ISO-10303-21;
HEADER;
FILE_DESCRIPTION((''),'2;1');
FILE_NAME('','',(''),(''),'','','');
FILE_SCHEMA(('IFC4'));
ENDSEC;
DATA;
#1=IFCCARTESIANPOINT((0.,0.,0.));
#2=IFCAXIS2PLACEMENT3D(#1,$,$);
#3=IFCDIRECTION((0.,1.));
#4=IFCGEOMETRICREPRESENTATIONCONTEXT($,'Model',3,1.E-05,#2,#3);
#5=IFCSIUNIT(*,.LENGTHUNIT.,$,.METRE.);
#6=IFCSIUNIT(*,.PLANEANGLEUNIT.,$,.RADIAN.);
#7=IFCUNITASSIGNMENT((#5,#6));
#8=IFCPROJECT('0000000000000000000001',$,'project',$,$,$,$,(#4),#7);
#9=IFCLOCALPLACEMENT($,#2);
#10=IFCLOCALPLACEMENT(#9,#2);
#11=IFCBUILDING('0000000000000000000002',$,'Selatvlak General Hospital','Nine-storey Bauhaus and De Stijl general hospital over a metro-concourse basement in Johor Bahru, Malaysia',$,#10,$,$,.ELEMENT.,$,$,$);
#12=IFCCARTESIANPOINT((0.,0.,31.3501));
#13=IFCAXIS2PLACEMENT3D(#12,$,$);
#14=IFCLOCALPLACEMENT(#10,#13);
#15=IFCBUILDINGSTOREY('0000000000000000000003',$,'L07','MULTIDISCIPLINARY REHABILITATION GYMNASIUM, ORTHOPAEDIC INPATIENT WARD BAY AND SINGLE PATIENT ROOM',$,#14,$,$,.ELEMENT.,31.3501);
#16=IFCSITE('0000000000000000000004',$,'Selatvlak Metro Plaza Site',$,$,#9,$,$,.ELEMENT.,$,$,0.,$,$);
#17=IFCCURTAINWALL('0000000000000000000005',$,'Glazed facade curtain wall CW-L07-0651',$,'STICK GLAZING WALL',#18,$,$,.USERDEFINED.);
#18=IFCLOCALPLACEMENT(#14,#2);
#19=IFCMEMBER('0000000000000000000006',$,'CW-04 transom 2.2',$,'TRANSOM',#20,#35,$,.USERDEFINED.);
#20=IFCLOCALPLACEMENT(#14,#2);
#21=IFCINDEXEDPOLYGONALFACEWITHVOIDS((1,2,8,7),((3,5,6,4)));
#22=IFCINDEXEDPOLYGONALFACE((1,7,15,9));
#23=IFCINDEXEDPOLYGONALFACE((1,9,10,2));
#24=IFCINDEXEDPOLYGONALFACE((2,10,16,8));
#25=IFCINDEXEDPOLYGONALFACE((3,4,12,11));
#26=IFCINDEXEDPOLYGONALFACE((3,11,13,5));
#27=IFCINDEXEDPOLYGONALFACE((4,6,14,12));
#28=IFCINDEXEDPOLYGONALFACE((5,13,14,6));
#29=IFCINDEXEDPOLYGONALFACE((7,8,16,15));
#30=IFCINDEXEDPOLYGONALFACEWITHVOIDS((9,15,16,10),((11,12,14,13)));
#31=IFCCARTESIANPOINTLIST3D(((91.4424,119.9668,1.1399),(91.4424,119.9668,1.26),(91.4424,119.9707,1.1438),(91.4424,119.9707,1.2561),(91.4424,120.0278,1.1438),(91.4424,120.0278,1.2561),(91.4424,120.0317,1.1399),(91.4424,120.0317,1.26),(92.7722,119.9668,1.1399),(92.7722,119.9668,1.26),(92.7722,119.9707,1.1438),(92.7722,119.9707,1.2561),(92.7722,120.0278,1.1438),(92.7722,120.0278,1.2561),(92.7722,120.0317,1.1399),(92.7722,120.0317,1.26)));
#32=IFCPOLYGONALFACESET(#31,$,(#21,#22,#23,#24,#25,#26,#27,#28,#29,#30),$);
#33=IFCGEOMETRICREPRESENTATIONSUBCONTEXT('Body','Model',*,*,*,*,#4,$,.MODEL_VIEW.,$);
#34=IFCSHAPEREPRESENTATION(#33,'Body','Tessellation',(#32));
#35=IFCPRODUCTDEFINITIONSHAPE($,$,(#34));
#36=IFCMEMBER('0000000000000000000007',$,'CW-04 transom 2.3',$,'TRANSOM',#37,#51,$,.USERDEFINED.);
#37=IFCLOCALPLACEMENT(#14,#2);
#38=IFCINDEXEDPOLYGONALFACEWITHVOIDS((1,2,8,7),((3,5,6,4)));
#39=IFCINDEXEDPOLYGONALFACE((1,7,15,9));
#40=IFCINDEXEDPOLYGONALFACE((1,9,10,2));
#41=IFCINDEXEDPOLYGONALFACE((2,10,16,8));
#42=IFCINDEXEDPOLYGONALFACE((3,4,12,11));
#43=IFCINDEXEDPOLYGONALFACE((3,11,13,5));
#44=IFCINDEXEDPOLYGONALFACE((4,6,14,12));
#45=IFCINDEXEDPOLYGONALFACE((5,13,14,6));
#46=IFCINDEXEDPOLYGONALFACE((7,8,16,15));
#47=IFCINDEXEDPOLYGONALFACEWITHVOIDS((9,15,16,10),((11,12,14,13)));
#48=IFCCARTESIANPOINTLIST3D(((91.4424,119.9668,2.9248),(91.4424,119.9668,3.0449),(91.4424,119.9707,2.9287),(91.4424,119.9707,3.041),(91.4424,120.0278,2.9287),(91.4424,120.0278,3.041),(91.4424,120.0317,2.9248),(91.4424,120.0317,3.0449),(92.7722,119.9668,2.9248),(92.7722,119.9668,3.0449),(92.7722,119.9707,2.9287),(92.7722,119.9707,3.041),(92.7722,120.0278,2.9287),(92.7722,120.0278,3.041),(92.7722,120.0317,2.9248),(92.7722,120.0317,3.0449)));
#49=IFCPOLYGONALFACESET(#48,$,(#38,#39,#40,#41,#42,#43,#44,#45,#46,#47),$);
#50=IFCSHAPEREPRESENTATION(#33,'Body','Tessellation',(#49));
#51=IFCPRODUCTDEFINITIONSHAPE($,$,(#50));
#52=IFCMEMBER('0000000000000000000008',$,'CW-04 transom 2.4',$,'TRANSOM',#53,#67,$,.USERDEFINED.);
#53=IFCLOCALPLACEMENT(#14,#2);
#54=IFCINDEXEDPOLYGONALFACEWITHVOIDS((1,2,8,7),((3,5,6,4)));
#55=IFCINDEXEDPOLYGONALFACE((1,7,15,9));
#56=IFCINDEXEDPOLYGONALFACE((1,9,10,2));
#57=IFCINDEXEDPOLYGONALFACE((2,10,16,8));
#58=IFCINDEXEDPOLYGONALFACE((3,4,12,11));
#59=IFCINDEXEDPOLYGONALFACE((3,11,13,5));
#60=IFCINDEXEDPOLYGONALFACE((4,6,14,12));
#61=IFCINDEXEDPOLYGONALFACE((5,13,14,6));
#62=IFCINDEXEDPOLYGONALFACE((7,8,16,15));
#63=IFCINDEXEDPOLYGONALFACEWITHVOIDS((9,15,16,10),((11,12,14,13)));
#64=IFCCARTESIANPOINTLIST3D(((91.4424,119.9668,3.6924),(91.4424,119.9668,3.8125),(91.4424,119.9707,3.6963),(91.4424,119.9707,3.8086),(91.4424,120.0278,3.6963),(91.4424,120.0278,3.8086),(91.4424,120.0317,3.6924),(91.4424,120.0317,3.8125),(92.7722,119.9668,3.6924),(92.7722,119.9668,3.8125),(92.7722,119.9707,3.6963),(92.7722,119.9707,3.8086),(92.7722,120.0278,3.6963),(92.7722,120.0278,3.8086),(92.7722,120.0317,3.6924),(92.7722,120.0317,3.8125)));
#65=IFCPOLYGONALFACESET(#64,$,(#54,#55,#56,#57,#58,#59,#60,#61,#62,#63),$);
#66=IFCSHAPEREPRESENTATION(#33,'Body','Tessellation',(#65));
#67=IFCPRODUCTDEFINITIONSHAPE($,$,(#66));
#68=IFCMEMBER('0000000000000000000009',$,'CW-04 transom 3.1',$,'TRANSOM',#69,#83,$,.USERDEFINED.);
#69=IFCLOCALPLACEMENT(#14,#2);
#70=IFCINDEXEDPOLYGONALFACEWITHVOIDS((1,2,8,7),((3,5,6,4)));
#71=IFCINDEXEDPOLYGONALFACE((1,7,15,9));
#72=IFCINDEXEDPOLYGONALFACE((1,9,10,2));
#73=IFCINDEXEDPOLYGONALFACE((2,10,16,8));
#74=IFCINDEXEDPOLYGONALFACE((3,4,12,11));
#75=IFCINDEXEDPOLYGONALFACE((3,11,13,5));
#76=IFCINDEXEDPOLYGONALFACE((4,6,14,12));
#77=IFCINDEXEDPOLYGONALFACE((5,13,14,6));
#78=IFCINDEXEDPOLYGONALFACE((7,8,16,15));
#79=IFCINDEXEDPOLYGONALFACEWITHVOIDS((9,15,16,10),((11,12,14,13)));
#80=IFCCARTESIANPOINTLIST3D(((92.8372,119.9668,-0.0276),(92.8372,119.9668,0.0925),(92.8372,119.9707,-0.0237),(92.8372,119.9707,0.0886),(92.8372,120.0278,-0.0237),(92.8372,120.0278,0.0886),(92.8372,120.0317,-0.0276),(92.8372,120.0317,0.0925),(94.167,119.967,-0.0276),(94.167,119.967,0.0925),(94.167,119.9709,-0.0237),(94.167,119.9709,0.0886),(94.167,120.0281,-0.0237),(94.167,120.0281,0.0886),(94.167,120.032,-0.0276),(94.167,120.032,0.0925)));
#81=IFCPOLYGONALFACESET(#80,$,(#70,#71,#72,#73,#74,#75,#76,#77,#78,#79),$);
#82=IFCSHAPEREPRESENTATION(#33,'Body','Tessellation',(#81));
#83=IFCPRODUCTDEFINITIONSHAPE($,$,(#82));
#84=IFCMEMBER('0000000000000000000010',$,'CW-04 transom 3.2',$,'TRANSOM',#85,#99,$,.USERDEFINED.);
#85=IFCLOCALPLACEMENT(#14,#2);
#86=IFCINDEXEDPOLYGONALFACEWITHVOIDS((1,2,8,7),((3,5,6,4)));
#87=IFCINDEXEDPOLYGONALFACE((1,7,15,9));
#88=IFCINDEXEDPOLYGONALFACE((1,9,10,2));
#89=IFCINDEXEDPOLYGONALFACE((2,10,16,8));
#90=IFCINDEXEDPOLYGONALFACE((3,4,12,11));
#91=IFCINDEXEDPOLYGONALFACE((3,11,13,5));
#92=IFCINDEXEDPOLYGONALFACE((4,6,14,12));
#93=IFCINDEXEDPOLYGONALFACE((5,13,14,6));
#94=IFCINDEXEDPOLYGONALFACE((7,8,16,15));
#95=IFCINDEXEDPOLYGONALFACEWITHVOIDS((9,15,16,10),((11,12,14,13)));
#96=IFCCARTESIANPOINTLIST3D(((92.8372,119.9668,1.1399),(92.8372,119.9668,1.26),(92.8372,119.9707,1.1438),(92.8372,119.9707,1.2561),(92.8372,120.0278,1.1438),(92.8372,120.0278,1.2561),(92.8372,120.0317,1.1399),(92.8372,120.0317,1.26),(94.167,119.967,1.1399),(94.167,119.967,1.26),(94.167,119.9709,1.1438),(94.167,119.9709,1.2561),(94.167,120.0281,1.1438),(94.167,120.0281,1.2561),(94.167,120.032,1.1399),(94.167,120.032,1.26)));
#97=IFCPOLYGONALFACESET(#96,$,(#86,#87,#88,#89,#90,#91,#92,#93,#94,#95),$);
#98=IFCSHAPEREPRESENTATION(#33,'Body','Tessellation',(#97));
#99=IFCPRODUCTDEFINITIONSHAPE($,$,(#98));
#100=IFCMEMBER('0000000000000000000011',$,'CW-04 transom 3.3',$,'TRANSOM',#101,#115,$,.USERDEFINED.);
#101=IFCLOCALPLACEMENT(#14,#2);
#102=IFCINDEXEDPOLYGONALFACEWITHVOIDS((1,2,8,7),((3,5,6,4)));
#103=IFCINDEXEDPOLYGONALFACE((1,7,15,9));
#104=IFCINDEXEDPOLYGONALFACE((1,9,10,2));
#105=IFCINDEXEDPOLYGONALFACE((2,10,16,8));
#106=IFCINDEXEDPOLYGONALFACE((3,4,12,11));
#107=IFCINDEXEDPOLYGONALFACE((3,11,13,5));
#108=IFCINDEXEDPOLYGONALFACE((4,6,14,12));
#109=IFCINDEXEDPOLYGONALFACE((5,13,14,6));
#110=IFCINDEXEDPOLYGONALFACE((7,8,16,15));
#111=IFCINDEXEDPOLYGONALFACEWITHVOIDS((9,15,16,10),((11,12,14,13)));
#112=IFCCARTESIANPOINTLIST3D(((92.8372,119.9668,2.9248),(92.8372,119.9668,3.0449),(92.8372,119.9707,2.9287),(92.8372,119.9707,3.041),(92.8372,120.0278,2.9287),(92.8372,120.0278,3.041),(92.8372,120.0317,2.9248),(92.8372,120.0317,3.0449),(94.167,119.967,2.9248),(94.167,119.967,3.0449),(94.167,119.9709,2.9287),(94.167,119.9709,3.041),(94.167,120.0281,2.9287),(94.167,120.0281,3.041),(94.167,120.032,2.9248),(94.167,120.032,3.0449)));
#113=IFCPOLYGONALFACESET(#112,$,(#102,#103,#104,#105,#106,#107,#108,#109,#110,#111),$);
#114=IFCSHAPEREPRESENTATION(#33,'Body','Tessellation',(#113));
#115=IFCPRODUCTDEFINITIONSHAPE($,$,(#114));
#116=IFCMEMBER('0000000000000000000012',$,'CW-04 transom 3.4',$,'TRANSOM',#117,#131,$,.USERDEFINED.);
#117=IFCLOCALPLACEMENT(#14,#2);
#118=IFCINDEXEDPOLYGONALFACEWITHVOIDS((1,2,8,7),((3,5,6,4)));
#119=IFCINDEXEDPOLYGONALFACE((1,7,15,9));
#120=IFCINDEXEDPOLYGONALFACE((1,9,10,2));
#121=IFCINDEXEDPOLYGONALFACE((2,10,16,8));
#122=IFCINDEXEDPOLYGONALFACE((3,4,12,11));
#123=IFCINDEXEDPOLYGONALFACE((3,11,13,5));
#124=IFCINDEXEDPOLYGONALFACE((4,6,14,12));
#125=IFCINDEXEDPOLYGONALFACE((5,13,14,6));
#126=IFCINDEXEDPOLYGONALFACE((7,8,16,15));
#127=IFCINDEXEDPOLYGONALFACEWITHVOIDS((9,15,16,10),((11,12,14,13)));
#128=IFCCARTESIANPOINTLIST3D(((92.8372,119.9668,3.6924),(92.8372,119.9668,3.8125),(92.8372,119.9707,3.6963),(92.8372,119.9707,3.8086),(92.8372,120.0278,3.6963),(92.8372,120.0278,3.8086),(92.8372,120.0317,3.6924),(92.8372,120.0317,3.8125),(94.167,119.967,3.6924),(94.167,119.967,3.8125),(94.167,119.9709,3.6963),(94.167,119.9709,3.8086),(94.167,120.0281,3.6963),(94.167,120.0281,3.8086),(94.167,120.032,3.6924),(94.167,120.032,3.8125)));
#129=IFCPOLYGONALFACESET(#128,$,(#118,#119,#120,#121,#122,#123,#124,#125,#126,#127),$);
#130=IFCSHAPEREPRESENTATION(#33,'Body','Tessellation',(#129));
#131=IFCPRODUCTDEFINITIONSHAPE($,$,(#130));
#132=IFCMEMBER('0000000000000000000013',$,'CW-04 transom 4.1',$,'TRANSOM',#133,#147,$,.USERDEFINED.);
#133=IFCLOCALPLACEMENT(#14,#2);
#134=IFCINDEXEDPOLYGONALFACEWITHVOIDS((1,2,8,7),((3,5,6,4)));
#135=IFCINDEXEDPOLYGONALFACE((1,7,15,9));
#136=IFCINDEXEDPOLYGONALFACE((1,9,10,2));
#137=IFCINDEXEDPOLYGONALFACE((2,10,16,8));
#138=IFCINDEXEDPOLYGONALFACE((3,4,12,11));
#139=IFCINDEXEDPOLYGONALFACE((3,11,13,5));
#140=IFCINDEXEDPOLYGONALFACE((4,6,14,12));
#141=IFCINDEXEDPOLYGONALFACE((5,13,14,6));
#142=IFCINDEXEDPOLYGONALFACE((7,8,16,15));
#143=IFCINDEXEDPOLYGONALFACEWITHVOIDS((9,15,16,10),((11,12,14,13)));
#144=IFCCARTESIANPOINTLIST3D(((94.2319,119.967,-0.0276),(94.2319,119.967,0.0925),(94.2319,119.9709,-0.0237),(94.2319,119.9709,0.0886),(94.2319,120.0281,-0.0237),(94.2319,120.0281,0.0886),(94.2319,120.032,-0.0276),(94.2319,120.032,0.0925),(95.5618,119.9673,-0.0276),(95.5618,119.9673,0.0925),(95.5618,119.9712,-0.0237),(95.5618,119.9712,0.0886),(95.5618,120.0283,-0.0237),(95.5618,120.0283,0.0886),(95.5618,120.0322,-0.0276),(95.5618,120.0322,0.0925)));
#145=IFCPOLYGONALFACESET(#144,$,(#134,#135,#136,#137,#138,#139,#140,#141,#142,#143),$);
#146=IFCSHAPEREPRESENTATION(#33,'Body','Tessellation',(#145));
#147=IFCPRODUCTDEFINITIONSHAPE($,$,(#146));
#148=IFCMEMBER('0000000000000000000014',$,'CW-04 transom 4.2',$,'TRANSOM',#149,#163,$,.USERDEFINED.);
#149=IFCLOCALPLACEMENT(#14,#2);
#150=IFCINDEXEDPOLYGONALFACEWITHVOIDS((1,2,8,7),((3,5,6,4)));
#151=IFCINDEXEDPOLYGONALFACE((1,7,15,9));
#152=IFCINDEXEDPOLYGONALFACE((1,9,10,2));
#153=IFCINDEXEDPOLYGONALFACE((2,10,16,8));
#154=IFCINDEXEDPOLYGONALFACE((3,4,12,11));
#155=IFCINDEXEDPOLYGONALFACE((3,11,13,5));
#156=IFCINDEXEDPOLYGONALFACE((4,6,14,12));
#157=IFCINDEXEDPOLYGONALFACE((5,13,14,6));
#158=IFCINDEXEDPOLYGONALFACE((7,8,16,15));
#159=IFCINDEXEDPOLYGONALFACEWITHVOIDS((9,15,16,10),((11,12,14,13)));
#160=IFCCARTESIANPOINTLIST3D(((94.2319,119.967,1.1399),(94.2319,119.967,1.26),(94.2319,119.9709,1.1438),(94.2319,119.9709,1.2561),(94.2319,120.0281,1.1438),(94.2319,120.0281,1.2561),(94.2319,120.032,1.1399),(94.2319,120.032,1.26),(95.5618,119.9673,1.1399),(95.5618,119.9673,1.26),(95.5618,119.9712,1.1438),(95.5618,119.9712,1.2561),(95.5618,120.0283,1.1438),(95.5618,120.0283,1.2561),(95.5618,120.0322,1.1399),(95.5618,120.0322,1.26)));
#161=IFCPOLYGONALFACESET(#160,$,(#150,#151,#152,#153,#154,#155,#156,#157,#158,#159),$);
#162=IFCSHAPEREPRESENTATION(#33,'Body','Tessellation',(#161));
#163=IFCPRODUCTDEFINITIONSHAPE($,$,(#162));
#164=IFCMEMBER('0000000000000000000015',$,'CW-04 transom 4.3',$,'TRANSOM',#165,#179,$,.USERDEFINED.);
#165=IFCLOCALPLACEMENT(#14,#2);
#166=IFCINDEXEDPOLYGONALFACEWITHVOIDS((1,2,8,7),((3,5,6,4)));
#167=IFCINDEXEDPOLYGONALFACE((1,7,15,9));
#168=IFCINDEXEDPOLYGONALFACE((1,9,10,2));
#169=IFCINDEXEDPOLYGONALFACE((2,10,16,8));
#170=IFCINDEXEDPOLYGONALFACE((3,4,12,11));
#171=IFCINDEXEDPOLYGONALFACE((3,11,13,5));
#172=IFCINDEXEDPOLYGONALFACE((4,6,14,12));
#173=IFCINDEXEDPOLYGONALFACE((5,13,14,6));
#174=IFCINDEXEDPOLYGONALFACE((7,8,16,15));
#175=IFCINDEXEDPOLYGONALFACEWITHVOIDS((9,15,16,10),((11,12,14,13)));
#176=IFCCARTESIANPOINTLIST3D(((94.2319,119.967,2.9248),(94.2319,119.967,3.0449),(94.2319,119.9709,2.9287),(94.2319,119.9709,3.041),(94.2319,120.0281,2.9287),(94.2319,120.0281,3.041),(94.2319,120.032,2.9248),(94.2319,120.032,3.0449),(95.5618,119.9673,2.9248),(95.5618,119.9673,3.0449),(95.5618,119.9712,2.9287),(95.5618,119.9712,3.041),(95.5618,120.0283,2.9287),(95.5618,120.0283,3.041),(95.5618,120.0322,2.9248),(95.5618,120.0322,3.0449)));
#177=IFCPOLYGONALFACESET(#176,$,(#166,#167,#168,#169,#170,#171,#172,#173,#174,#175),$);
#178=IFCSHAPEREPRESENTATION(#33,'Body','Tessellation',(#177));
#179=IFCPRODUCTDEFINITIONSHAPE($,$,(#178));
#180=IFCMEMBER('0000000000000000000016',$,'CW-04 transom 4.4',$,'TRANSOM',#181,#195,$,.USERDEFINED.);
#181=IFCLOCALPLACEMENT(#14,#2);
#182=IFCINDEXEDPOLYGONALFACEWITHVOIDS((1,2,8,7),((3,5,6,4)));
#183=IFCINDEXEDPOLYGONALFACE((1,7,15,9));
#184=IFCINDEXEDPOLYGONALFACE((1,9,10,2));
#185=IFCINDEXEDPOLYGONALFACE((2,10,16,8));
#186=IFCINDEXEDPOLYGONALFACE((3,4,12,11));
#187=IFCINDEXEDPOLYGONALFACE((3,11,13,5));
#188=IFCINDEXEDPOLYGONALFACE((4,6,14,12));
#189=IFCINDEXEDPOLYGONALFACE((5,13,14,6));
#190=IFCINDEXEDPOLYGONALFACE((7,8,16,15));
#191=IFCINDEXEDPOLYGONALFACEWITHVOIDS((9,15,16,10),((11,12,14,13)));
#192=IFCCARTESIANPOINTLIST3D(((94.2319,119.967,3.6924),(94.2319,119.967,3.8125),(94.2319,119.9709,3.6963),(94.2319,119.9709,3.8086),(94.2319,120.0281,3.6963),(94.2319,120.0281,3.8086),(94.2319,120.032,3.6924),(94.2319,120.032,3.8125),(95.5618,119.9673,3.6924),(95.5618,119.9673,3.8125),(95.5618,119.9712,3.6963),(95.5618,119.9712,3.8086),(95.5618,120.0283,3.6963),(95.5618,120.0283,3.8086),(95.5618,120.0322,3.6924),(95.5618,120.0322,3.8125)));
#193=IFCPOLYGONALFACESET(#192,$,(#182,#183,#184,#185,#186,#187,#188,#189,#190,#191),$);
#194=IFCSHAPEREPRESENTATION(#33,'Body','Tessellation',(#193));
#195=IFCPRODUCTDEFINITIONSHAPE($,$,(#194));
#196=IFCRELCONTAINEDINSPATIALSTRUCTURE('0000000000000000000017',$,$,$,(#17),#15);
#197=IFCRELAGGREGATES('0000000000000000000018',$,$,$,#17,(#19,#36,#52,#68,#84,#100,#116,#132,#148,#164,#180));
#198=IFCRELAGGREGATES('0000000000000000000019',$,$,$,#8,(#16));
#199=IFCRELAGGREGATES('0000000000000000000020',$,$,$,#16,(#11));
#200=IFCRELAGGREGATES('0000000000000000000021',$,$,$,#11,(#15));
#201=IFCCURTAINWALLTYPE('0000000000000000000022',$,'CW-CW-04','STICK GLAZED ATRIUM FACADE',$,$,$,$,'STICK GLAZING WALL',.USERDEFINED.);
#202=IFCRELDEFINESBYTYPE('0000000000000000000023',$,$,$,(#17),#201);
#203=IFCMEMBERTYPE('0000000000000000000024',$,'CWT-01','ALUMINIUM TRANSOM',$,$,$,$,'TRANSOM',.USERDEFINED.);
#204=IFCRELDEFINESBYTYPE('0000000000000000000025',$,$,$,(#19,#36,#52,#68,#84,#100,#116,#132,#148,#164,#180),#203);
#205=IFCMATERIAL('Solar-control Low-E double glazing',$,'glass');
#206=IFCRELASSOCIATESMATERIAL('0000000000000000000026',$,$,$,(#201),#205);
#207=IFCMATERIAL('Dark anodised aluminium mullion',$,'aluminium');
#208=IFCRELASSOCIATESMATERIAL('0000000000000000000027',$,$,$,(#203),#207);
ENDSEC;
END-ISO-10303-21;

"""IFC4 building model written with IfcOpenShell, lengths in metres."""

from ifc_helpers import new_model, si_unit, direction, frame, origin, origin_2d, place, context, subcontext, project, spatial, hollow_rectangle, extrude, material, material_profile, profile_set, type_object, element, aggregate, save


model = new_model("IFC4")

# Units and contexts
model_context = context("Model", 3, precision=1e-05, world=origin(), true_north=direction((0.0, 1.0)))
body_context = subcontext(model_context, "Body", "Model", "MODEL_VIEW")
ifc_project = project(units=[si_unit("LENGTHUNIT", "METRE"), si_unit("PLANEANGLEUNIT", "RADIAN")], contexts=[model_context])

# Site, building, storey
site_placement = place(None, origin())
site = spatial("IfcSite", under=ifc_project, at=site_placement, Name="Selatvlak Metro Plaza Site", CompositionType="ELEMENT", RefElevation=0.0)
building_placement = place(site_placement, origin())
building = spatial("IfcBuilding", under=site, at=building_placement, Name="Selatvlak General Hospital", Description="Nine-storey Bauhaus and De Stijl general hospital over a metro-concourse basement in Johor Bahru, Malaysia", CompositionType="ELEMENT")
storey_placement = place(building_placement, frame((0.0, 0.0, 31.3501)))
storey = spatial("IfcBuildingStorey", under=building, at=storey_placement, Name="L07", Description="MULTIDISCIPLINARY REHABILITATION GYMNASIUM, ORTHOPAEDIC INPATIENT WARD BAY AND SINGLE PATIENT ROOM", CompositionType="ELEMENT", Elevation=31.3501)

# Curtain wall, members
ifc_material_1 = material(Name="Solar-control Low-E double glazing", Category="glass")
curtain_wall_type = type_object("IfcCurtainWallType", Name="CW-CW-04", Description="STICK GLAZED ATRIUM FACADE", ElementType="STICK GLAZING WALL", PredefinedType="USERDEFINED", material=ifc_material_1)
curtain_wall_placement = place(storey_placement, origin())
curtain_wall = element("IfcCurtainWall", 1, at=curtain_wall_placement, inside=storey, type_object=curtain_wall_type, Name="Glazed facade curtain wall CW-L07-0651", ObjectType="STICK GLAZING WALL", PredefinedType="USERDEFINED")
ifc_material_2 = material(Name="Dark anodised aluminium mullion", Category="aluminium")
ifc_material_profile_1 = material_profile(ifc_material_2, hollow_rectangle(XDim=0.0649, YDim=0.1201, WallThickness=0.0039, at=origin_2d()), Name="AL-TRN 65x120x4")
ifc_profile_set_1 = profile_set([ifc_material_profile_1], Name="Dark anodised aluminium mullion")
member_type_1 = type_object("IfcMemberType", Name="CWT-01", Description="ALUMINIUM TRANSOM", ElementType="TRANSOM", PredefinedType="USERDEFINED", material=ifc_profile_set_1)
member_1_placement = place(storey_placement, frame((91.4424, 119.9993, 1.2), z_axis=(1.0, 0.0, 0.0), x_axis=(0.0, 1.0, 0.0)))
member_1 = element("IfcMember", 2, at=member_1_placement, type_object=member_type_1, Name="CW-04 transom 2.2", ObjectType="TRANSOM", PredefinedType="USERDEFINED", context=body_context, shape_type="SweptSolid", body=[
    extrude(hollow_rectangle(XDim=0.0649, YDim=0.1201, WallThickness=0.0039, at=origin_2d()), origin(), (0.0, 0.0, 1.0), 1.3298),
])
member_2_placement = place(storey_placement, frame((91.4424, 119.9993, 2.9849), z_axis=(1.0, 0.0, 0.0), x_axis=(0.0, 1.0, 0.0)))
member_2 = element("IfcMember", 3, at=member_2_placement, type_object=member_type_1, Name="CW-04 transom 2.3", ObjectType="TRANSOM", PredefinedType="USERDEFINED", context=body_context, shape_type="SweptSolid", body=[
    extrude(hollow_rectangle(XDim=0.0649, YDim=0.1201, WallThickness=0.0039, at=origin_2d()), origin(), (0.0, 0.0, 1.0), 1.3298),
])
member_3_placement = place(storey_placement, frame((91.4424, 119.9993, 3.7524), z_axis=(1.0, 0.0, 0.0), x_axis=(0.0, 1.0, 0.0)))
member_3 = element("IfcMember", 4, at=member_3_placement, type_object=member_type_1, Name="CW-04 transom 2.4", ObjectType="TRANSOM", PredefinedType="USERDEFINED", context=body_context, shape_type="SweptSolid", body=[
    extrude(hollow_rectangle(XDim=0.0649, YDim=0.1201, WallThickness=0.0039, at=origin_2d()), origin(), (0.0, 0.0, 1.0), 1.3298),
])
member_4_placement = place(storey_placement, frame((92.8372, 119.9993, 0.0325), z_axis=(1.0, 0.000184, 0.0), x_axis=(-0.000184, 1.0, 0.0)))
member_4 = element("IfcMember", 5, at=member_4_placement, type_object=member_type_1, Name="CW-04 transom 3.1", ObjectType="TRANSOM", PredefinedType="USERDEFINED", context=body_context, shape_type="SweptSolid", body=[
    extrude(hollow_rectangle(XDim=0.0649, YDim=0.1201, WallThickness=0.0039, at=origin_2d()), origin(), (0.0, 0.0, 1.0), 1.3298),
])
member_5_placement = place(storey_placement, frame((92.8372, 119.9993, 1.2), z_axis=(1.0, 0.000184, 0.0), x_axis=(-0.000184, 1.0, 0.0)))
member_5 = element("IfcMember", 6, at=member_5_placement, type_object=member_type_1, Name="CW-04 transom 3.2", ObjectType="TRANSOM", PredefinedType="USERDEFINED", context=body_context, shape_type="SweptSolid", body=[
    extrude(hollow_rectangle(XDim=0.0649, YDim=0.1201, WallThickness=0.0039, at=origin_2d()), origin(), (0.0, 0.0, 1.0), 1.3298),
])
member_6_placement = place(storey_placement, frame((92.8372, 119.9993, 2.9849), z_axis=(1.0, 0.000184, 0.0), x_axis=(-0.000184, 1.0, 0.0)))
member_6 = element("IfcMember", 7, at=member_6_placement, type_object=member_type_1, Name="CW-04 transom 3.3", ObjectType="TRANSOM", PredefinedType="USERDEFINED", context=body_context, shape_type="SweptSolid", body=[
    extrude(hollow_rectangle(XDim=0.0649, YDim=0.1201, WallThickness=0.0039, at=origin_2d()), origin(), (0.0, 0.0, 1.0), 1.3298),
])
member_7_placement = place(storey_placement, frame((92.8372, 119.9993, 3.7524), z_axis=(1.0, 0.000184, 0.0), x_axis=(-0.000184, 1.0, 0.0)))
member_7 = element("IfcMember", 8, at=member_7_placement, type_object=member_type_1, Name="CW-04 transom 3.4", ObjectType="TRANSOM", PredefinedType="USERDEFINED", context=body_context, shape_type="SweptSolid", body=[
    extrude(hollow_rectangle(XDim=0.0649, YDim=0.1201, WallThickness=0.0039, at=origin_2d()), origin(), (0.0, 0.0, 1.0), 1.3298),
])
member_8_placement = place(storey_placement, frame((94.2319, 119.9995, 0.0325), z_axis=(1.0, 0.000184, 0.0), x_axis=(-0.000184, 1.0, 0.0)))
member_8 = element("IfcMember", 9, at=member_8_placement, type_object=member_type_1, Name="CW-04 transom 4.1", ObjectType="TRANSOM", PredefinedType="USERDEFINED", context=body_context, shape_type="SweptSolid", body=[
    extrude(hollow_rectangle(XDim=0.0649, YDim=0.1201, WallThickness=0.0039, at=origin_2d()), origin(), (0.0, 0.0, 1.0), 1.3298),
])
member_9_placement = place(storey_placement, frame((94.2319, 119.9995, 1.2), z_axis=(1.0, 0.000184, 0.0), x_axis=(-0.000184, 1.0, 0.0)))
member_9 = element("IfcMember", 10, at=member_9_placement, type_object=member_type_1, Name="CW-04 transom 4.2", ObjectType="TRANSOM", PredefinedType="USERDEFINED", context=body_context, shape_type="SweptSolid", body=[
    extrude(hollow_rectangle(XDim=0.0649, YDim=0.1201, WallThickness=0.0039, at=origin_2d()), origin(), (0.0, 0.0, 1.0), 1.3298),
])
member_10_placement = place(storey_placement, frame((94.2319, 119.9995, 2.9849), z_axis=(1.0, 0.000184, 0.0), x_axis=(-0.000184, 1.0, 0.0)))
member_10 = element("IfcMember", 11, at=member_10_placement, type_object=member_type_1, Name="CW-04 transom 4.3", ObjectType="TRANSOM", PredefinedType="USERDEFINED", context=body_context, shape_type="SweptSolid", body=[
    extrude(hollow_rectangle(XDim=0.0649, YDim=0.1201, WallThickness=0.0039, at=origin_2d()), origin(), (0.0, 0.0, 1.0), 1.3298),
])
member_11_placement = place(storey_placement, frame((94.2319, 119.9995, 3.7524), z_axis=(1.0, 0.000184, 0.0), x_axis=(-0.000184, 1.0, 0.0)))
member_11 = element("IfcMember", 12, at=member_11_placement, type_object=member_type_1, Name="CW-04 transom 4.4", ObjectType="TRANSOM", PredefinedType="USERDEFINED", context=body_context, shape_type="SweptSolid", body=[
    extrude(hollow_rectangle(XDim=0.0649, YDim=0.1201, WallThickness=0.0039, at=origin_2d()), origin(), (0.0, 0.0, 1.0), 1.3298),
])
aggregate(curtain_wall, [member_1, member_2, member_3, member_4, member_5, member_6, member_7, member_8, member_9, member_10, member_11])

save(model, "model.ifc")
